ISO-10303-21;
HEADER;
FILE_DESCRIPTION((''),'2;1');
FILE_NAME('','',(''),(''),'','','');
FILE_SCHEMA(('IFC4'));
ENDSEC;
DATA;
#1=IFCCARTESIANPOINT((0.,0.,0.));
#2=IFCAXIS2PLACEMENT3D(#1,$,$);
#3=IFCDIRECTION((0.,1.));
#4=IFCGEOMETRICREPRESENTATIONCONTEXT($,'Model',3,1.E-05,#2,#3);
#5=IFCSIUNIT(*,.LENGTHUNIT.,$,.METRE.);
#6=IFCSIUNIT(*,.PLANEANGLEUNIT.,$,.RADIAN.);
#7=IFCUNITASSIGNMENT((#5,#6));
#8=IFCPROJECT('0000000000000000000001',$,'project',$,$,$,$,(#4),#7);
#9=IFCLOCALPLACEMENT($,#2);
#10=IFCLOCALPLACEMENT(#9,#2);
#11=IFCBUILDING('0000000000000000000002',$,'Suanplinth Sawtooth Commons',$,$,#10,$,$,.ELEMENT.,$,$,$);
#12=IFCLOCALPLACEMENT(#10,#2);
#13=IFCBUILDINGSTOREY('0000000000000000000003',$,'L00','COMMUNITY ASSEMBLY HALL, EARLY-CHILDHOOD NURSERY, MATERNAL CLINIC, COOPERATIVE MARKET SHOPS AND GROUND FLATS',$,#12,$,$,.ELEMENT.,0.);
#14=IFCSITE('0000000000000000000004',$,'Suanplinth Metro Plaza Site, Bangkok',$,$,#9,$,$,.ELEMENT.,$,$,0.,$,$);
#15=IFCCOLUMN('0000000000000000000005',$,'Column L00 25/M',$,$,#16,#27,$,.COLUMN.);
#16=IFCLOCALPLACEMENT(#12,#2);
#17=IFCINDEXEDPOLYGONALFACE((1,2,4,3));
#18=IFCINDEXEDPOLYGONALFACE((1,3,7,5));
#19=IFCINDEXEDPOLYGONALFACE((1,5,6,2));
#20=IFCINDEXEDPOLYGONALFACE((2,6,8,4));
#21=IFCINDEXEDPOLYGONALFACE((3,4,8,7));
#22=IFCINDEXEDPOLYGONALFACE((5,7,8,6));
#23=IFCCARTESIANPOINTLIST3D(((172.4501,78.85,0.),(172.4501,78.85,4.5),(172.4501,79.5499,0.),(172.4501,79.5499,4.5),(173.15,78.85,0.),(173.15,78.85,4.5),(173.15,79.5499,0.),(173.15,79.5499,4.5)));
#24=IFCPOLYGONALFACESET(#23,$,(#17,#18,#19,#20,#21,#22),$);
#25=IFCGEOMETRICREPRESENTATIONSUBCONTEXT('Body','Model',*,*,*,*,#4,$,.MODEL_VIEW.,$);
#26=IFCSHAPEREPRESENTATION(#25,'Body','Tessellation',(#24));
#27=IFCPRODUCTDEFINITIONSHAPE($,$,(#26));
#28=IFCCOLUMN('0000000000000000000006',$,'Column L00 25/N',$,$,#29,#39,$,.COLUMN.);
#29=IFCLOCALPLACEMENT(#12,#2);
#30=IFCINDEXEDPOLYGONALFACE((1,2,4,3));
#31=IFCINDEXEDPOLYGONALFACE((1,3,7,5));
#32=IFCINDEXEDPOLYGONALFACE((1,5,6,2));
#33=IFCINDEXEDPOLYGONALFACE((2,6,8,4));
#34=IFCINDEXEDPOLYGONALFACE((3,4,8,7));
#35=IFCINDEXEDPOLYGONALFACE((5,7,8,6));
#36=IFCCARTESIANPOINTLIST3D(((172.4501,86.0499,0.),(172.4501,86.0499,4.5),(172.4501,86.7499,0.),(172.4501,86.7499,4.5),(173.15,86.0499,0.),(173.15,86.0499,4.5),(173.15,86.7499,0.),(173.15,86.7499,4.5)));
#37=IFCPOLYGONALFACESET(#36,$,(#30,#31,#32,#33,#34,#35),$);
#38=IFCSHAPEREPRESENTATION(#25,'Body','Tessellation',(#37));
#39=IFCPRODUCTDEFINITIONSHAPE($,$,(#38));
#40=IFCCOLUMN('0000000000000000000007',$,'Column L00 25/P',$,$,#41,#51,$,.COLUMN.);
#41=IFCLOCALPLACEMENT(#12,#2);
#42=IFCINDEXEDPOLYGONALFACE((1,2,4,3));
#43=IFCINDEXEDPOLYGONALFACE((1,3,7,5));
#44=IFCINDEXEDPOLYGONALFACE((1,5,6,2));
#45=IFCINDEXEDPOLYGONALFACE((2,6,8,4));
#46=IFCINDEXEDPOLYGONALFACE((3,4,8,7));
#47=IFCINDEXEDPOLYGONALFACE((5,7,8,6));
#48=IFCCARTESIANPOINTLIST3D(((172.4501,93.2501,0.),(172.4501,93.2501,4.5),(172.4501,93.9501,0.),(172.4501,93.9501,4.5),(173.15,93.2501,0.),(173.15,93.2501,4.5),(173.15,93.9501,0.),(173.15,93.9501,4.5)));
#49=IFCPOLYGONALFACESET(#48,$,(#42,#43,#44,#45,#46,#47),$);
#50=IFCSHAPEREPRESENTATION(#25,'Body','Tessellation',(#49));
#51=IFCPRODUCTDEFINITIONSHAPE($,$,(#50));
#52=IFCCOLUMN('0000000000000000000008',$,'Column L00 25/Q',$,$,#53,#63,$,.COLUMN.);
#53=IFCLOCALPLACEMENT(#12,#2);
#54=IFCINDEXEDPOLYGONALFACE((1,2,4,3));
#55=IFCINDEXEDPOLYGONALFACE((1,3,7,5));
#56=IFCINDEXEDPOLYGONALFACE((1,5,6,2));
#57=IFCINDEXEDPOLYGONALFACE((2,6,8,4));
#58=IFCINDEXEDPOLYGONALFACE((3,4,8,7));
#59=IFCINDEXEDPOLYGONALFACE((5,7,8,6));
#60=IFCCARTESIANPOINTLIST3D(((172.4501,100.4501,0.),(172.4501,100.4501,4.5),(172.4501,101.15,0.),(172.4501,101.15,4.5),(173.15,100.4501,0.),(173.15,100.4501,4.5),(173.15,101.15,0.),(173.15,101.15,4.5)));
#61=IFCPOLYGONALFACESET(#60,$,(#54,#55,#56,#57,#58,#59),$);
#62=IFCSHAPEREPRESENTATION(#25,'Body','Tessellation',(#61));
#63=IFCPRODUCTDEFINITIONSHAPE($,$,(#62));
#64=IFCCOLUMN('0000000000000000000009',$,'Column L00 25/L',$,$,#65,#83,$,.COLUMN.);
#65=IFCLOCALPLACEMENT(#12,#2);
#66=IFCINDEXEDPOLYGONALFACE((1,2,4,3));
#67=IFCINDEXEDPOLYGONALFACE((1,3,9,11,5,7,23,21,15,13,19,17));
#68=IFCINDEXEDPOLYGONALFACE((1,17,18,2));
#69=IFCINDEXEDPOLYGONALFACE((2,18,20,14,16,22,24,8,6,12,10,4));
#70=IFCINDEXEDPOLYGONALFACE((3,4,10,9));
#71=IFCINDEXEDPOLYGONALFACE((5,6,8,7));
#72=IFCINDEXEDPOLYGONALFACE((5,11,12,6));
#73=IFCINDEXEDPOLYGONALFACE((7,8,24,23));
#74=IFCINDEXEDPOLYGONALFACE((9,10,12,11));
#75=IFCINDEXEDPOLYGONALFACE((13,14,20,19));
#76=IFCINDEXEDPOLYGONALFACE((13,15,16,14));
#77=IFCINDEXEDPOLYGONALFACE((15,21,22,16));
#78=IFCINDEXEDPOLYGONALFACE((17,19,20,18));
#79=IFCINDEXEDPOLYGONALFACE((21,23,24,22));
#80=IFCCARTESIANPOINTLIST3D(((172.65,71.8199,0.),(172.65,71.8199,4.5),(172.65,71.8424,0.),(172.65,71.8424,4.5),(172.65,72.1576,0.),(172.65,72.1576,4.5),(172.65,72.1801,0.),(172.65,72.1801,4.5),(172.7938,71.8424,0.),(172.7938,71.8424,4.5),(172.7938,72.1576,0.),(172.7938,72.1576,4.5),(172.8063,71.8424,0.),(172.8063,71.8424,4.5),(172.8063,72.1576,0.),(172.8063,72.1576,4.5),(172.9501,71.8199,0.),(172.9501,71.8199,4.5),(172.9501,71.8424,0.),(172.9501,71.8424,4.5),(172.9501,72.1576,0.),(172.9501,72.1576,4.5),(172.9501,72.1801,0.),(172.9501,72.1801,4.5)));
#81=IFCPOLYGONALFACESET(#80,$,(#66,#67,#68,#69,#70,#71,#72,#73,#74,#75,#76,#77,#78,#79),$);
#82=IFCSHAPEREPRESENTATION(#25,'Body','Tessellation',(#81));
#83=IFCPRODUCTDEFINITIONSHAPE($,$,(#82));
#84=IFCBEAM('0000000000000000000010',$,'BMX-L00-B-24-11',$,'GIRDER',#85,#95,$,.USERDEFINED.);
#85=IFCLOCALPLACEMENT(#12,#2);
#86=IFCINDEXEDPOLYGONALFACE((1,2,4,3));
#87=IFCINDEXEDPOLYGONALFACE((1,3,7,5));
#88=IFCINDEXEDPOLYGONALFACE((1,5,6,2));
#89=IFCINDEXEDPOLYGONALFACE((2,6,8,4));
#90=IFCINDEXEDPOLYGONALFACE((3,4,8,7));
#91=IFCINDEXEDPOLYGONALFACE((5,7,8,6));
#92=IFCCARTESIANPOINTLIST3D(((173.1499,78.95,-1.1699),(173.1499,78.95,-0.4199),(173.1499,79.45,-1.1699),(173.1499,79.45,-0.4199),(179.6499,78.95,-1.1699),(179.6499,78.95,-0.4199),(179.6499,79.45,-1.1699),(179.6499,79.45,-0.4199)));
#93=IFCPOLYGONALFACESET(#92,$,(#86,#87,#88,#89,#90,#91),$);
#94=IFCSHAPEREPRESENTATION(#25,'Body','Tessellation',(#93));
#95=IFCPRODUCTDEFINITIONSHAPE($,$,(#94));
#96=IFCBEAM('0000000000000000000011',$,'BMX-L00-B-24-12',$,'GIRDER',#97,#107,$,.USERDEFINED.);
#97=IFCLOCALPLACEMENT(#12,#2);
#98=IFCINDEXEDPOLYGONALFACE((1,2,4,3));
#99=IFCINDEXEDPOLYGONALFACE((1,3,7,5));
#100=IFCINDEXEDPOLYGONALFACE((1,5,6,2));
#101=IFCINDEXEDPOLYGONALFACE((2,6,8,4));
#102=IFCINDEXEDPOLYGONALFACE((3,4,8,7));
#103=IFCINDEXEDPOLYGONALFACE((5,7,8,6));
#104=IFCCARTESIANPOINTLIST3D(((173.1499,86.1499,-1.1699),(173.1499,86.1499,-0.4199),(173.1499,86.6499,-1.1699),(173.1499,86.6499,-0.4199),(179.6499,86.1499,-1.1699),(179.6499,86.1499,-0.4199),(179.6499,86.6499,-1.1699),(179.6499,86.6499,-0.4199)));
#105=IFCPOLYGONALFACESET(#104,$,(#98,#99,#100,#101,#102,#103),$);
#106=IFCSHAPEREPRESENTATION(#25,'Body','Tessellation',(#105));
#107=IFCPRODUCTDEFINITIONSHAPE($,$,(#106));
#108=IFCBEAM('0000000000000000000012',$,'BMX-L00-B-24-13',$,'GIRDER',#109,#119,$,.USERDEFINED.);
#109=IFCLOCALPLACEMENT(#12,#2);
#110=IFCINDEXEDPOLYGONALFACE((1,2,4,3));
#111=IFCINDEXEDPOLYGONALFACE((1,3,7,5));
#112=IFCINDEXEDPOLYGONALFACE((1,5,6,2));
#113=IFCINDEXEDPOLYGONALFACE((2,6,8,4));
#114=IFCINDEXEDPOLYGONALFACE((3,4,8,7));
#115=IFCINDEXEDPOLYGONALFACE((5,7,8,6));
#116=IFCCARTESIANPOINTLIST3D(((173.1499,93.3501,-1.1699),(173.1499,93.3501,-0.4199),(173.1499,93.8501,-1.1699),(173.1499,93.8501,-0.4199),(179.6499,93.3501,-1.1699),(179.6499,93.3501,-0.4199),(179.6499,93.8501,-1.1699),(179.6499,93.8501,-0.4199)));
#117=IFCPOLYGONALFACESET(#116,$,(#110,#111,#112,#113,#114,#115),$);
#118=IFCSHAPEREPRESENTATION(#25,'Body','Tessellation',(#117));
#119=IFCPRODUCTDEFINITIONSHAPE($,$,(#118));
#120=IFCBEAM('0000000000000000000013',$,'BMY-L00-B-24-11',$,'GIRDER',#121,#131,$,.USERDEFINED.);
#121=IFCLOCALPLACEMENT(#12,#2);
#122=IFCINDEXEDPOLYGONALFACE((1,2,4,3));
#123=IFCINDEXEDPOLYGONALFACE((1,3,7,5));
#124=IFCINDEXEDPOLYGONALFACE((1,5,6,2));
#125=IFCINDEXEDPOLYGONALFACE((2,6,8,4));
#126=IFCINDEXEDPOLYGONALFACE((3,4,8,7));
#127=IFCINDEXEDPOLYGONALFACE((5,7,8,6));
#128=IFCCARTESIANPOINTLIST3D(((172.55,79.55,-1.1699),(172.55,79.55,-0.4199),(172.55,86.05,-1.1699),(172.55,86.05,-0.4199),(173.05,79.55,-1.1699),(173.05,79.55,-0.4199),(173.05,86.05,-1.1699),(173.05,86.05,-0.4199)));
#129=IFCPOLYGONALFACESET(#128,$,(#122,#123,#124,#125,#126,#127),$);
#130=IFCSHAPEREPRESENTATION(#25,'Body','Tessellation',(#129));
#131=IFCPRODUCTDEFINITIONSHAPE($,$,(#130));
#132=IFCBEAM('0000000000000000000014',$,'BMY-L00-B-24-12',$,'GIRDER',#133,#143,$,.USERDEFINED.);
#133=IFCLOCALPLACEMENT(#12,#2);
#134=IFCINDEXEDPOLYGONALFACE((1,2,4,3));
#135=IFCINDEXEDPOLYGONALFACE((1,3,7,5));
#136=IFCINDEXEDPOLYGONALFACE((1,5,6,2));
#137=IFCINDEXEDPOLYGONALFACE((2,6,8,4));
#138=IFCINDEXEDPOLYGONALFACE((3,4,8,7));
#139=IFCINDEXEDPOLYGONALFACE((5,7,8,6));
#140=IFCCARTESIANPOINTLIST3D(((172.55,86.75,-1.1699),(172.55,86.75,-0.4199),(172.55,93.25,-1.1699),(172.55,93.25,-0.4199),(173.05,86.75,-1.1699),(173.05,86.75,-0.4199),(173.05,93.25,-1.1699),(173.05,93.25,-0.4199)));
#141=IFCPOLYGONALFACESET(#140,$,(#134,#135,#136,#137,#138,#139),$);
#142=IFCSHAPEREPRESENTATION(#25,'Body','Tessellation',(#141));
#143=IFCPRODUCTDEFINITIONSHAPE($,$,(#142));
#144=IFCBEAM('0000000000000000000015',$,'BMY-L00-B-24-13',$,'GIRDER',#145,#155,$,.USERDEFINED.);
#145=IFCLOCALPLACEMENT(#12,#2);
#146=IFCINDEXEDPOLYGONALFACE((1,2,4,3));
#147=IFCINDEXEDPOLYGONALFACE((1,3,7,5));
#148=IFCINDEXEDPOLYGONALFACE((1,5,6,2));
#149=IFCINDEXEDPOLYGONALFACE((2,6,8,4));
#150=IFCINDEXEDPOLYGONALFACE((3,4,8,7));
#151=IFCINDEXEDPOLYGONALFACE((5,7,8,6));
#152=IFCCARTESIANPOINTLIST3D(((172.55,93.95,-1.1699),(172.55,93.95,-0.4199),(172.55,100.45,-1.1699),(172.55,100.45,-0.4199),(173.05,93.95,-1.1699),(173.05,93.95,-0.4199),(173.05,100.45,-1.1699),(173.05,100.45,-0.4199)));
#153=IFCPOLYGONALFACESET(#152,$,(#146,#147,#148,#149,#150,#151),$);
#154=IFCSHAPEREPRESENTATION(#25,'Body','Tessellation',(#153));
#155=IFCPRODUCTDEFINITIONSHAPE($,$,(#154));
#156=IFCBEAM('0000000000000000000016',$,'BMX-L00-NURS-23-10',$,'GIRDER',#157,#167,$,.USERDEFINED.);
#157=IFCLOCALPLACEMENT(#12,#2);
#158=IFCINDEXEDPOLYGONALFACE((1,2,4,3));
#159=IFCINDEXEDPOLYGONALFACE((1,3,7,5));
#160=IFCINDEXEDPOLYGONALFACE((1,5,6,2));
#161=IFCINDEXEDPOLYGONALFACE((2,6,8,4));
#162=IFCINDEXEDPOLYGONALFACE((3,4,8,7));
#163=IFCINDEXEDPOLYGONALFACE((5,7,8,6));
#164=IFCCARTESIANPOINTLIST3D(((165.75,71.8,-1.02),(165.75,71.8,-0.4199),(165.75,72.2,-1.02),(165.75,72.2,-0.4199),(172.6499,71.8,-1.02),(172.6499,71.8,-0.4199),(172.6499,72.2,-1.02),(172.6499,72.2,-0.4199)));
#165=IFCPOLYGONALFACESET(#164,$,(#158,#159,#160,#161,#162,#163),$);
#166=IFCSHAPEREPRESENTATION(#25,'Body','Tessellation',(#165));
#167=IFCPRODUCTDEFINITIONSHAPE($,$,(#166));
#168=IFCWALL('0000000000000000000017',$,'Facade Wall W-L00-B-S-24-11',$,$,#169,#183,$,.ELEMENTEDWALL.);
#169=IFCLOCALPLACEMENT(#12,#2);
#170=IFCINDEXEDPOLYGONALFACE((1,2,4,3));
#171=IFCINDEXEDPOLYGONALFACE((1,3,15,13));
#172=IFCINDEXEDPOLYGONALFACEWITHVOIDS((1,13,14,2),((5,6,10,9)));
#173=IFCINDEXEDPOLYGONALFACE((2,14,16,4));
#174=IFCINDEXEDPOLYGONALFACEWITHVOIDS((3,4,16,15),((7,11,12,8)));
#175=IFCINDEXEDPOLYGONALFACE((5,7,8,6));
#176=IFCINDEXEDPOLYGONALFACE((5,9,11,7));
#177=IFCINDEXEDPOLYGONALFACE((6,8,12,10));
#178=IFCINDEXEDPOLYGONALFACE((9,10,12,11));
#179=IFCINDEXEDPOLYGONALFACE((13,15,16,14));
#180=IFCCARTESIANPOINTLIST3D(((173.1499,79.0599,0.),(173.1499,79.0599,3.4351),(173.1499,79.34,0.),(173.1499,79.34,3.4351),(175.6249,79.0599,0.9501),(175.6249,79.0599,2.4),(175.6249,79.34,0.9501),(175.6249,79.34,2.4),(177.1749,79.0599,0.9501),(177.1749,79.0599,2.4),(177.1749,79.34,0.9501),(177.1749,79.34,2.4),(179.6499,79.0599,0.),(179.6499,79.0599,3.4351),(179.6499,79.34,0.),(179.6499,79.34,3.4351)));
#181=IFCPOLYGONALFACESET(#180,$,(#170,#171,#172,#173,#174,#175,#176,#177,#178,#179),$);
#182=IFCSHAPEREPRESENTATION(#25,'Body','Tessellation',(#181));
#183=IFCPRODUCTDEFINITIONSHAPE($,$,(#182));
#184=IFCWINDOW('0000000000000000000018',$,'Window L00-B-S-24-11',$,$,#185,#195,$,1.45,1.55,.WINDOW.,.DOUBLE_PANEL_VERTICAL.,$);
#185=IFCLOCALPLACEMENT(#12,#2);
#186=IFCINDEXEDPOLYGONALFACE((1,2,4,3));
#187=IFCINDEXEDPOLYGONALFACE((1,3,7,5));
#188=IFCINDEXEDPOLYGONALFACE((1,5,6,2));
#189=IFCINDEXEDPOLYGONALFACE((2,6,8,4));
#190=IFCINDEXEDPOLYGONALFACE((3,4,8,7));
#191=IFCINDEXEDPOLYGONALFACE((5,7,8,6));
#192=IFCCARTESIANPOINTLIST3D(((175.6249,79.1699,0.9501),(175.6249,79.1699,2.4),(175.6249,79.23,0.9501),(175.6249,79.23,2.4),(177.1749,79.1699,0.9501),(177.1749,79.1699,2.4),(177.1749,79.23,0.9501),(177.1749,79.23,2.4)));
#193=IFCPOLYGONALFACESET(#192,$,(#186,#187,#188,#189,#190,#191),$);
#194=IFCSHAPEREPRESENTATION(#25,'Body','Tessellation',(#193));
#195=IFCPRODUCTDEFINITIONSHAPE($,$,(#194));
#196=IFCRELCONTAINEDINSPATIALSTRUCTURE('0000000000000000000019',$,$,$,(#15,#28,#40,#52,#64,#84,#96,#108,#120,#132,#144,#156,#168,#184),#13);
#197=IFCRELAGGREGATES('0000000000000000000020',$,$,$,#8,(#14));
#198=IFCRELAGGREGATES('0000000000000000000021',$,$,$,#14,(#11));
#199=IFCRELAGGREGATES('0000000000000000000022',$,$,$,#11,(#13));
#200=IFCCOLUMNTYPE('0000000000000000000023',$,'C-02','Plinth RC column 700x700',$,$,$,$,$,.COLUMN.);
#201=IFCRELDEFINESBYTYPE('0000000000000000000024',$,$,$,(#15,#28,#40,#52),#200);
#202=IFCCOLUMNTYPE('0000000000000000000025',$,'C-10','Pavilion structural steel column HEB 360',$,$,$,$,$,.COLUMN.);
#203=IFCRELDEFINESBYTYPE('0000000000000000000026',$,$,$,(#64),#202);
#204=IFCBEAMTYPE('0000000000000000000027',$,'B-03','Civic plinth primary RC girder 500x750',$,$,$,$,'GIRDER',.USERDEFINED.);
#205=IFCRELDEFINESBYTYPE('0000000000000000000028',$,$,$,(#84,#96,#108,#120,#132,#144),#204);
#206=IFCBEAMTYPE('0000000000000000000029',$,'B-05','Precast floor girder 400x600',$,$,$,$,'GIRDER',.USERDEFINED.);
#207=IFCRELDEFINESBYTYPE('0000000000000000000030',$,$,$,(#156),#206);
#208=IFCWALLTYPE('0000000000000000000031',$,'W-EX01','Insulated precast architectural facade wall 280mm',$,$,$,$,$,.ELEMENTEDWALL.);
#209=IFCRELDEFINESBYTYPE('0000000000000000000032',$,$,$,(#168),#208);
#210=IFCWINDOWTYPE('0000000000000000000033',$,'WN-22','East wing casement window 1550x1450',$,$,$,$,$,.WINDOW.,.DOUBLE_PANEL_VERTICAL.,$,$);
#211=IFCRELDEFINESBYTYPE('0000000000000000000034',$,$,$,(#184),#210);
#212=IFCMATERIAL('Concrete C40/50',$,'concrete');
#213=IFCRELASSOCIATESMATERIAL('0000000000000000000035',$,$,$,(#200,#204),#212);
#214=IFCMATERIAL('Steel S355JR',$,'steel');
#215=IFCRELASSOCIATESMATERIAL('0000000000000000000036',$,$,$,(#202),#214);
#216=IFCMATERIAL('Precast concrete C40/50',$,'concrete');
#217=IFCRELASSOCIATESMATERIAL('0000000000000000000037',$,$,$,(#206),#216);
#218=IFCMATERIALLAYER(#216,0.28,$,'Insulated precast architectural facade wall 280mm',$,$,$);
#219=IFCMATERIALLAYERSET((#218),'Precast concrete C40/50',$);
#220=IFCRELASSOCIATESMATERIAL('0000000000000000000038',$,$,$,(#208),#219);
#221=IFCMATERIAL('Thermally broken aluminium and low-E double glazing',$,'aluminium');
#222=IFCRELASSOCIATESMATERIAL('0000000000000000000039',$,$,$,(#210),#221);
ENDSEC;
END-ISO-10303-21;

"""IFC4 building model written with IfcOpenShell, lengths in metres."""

from ifc_helpers import new_model, si_unit, direction, frame, frame_2d, origin, origin_2d, place, context, subcontext, project, spatial, rectangle, i_section, extrude, material, layer, layer_set, material_profile, profile_set, type_object, element, fill, save


model = new_model("IFC4")

# Units and contexts
model_context = context("Model", 3, precision=1e-05, world=origin(), true_north=direction((0.0, 1.0)))
body_context = subcontext(model_context, "Body", "Model", "MODEL_VIEW")
ifc_project = project(units=[si_unit("LENGTHUNIT", "METRE"), si_unit("PLANEANGLEUNIT", "RADIAN")], contexts=[model_context])

# Site, building, storey
site_placement = place(None, origin())
site = spatial("IfcSite", under=ifc_project, at=site_placement, Name="Suanplinth Metro Plaza Site, Bangkok", CompositionType="ELEMENT", RefElevation=0.0)
building_placement = place(site_placement, origin())
building = spatial("IfcBuilding", under=site, at=building_placement, Name="Suanplinth Sawtooth Commons", CompositionType="ELEMENT")
storey_placement = place(building_placement, origin())
storey = spatial("IfcBuildingStorey", under=building, at=storey_placement, Name="L00", Description="COMMUNITY ASSEMBLY HALL, EARLY-CHILDHOOD NURSERY, MATERNAL CLINIC, COOPERATIVE MARKET SHOPS AND GROUND FLATS", CompositionType="ELEMENT", Elevation=0.0)

# Columns
ifc_material_1 = material(Name="Concrete C40/50", Category="concrete")
ifc_material_profile_1 = material_profile(ifc_material_1, rectangle(XDim=0.7, YDim=0.7, at=origin_2d()), Name="RC-COL 700x700")
ifc_profile_set_1 = profile_set([ifc_material_profile_1], Name="Concrete C40/50")
column_type_1 = type_object("IfcColumnType", Name="C-02", Description="Plinth RC column 700x700", PredefinedType="COLUMN", material=ifc_profile_set_1)
for number, where, z_axis, x_axis, name in (
    (1, (172.8, 79.2, 0.0), (0.0, 0.0, 1.0), (1.0, 0.0, 0.0), "Column L00 25/M"),
    (2, (172.8, 86.3999, 0.0), (0.0, 0.0, 1.0), (1.0, 0.0, 0.0), "Column L00 25/N"),
    (3, (172.8, 93.6001, 0.0), (0.0, 0.0, 1.0), (1.0, 0.0, 0.0), "Column L00 25/P"),
    (4, (172.8, 100.8, 0.0), (0.0, 0.0, 1.0), (1.0, 0.0, 0.0), "Column L00 25/Q"),
):
    element("IfcColumn", number, at=place(storey_placement, frame(where, z_axis=z_axis, x_axis=x_axis)), inside=storey, type_object=column_type_1, Name=name, PredefinedType="COLUMN", context=body_context, shape_type="SweptSolid", body=[
        extrude(rectangle(XDim=0.7, YDim=0.7, at=origin_2d()), origin(), (0.0, 0.0, 1.0), 4.5),
    ])
ifc_material_2 = material(Name="Steel S355JR", Category="steel")
ifc_material_profile_2 = material_profile(ifc_material_2, i_section(OverallWidth=0.3, OverallDepth=0.3601, WebThickness=0.0125, FlangeThickness=0.0225, at=origin_2d()), Name="HEB 360")
ifc_profile_set_2 = profile_set([ifc_material_profile_2], Name="Steel S355JR")
column_type_2 = type_object("IfcColumnType", Name="C-10", Description="Pavilion structural steel column HEB 360", PredefinedType="COLUMN", material=ifc_profile_set_2)
column_placement = place(storey_placement, frame((172.8, 72.0, 0.0), z_axis=(0.0, 0.0, 1.0), x_axis=(1.0, 0.0, 0.0)))
element("IfcColumn", 5, at=column_placement, inside=storey, type_object=column_type_2, Name="Column L00 25/L", PredefinedType="COLUMN", context=body_context, shape_type="SweptSolid", body=[
    extrude(i_section(OverallWidth=0.3, OverallDepth=0.3601, WebThickness=0.0125, FlangeThickness=0.0225, at=origin_2d()), origin(), (0.0, 0.0, 1.0), 4.5),
])

# Beams
ifc_material_profile_3 = material_profile(ifc_material_1, rectangle(XDim=0.5, YDim=0.75, at=origin_2d()), Name="RC-GDR 500x750")
ifc_profile_set_3 = profile_set([ifc_material_profile_3], Name="Concrete C40/50")
beam_type_1 = type_object("IfcBeamType", Name="B-03", Description="Civic plinth primary RC girder 500x750", ElementType="GIRDER", PredefinedType="USERDEFINED", material=ifc_profile_set_3)
for number, where, z_axis, x_axis, name in (
    (6, (173.1499, 79.2, -0.7949), (1.0, 0.0, 0.0), (0.0, 1.0, 0.0), "BMX-L00-B-24-11"),
    (7, (173.1499, 86.3999, -0.7949), (1.0, 0.0, 0.0), (0.0, 1.0, 0.0), "BMX-L00-B-24-12"),
    (8, (173.1499, 93.6001, -0.7949), (1.0, 0.0, 0.0), (0.0, 1.0, 0.0), "BMX-L00-B-24-13"),
    (9, (172.8, 79.55, -0.7949), (0.0, 1.0, 0.0), (-1.0, 0.0, 0.0), "BMY-L00-B-24-11"),
    (10, (172.8, 86.75, -0.7949), (0.0, 1.0, 0.0), (-1.0, 0.0, 0.0), "BMY-L00-B-24-12"),
    (11, (172.8, 93.95, -0.7949), (0.0, 1.0, 0.0), (-1.0, 0.0, 0.0), "BMY-L00-B-24-13"),
):
    element("IfcBeam", number, at=place(storey_placement, frame(where, z_axis=z_axis, x_axis=x_axis)), inside=storey, type_object=beam_type_1, Name=name, ObjectType="GIRDER", PredefinedType="USERDEFINED", context=body_context, shape_type="SweptSolid", body=[
        extrude(rectangle(XDim=0.5, YDim=0.75, at=origin_2d()), origin(), (0.0, 0.0, 1.0), 6.5),
    ])
ifc_material_3 = material(Name="Precast concrete C40/50", Category="concrete")
ifc_material_profile_4 = material_profile(ifc_material_3, rectangle(XDim=0.3999, YDim=0.6001, at=origin_2d()), Name="PC-GDR 400x600")
ifc_profile_set_4 = profile_set([ifc_material_profile_4], Name="Precast concrete C40/50")
beam_type_2 = type_object("IfcBeamType", Name="B-05", Description="Precast floor girder 400x600", ElementType="GIRDER", PredefinedType="USERDEFINED", material=ifc_profile_set_4)
beam_placement = place(storey_placement, frame((165.75, 72.0, -0.72), z_axis=(1.0, 0.0, 0.0), x_axis=(0.0, 1.0, 0.0)))
element("IfcBeam", 12, at=beam_placement, inside=storey, type_object=beam_type_2, Name="BMX-L00-NURS-23-10", ObjectType="GIRDER", PredefinedType="USERDEFINED", context=body_context, shape_type="SweptSolid", body=[
    extrude(rectangle(XDim=0.3999, YDim=0.6001, at=origin_2d()), origin(), (0.0, 0.0, 1.0), 6.8999),
])

# Wall, opening, window
ifc_layer_1 = layer(ifc_material_3, 0.28, Name="Insulated precast architectural facade wall 280mm")
ifc_layer_set_1 = layer_set([ifc_layer_1], Name="Precast concrete C40/50")
wall_type_1 = type_object("IfcWallType", Name="W-EX01", Description="Insulated precast architectural facade wall 280mm", PredefinedType="ELEMENTEDWALL", material=ifc_layer_set_1)
wall_1_placement = place(storey_placement, frame((173.1499, 79.2, 0.0), z_axis=(0.0, 0.0, 1.0), x_axis=(1.0, 0.0, 0.0)))
wall_1 = element("IfcWall", 13, at=wall_1_placement, inside=storey, type_object=wall_type_1, Name="Facade Wall W-L00-B-S-24-11", PredefinedType="ELEMENTEDWALL", context=body_context, shape_type="SweptSolid", body=[
    extrude(rectangle(XDim=6.5, YDim=0.28, at=frame_2d((3.25, 0.0))), origin(), (0.0, 0.0, 1.0), 3.4351),
])
opening_1_placement = place(wall_1_placement, frame((2.4751, 0.0, 0.95)))
opening_1 = element("IfcOpeningElement", 14, at=opening_1_placement, cuts=wall_1, PredefinedType="OPENING", context=body_context, shape_type="SweptSolid", body=[
    extrude(rectangle(XDim=1.55, YDim=1.45, at=frame_2d((0.7749, 0.7251))), frame((0.0, 0.1548, 0.0), z_axis=(0.0, -1.0, 0.0), x_axis=(1.0, 0.0, 0.0)), (0.0, 0.0, 1.0), 0.3098),
])
ifc_material_4 = material(Name="Thermally broken aluminium and low-E double glazing", Category="aluminium")
window_type_1 = type_object("IfcWindowType", Name="WN-22", Description="East wing casement window 1550x1450", PartitioningType="DOUBLE_PANEL_VERTICAL", PredefinedType="WINDOW", material=ifc_material_4)
window_1_placement = place(opening_1_placement, origin())
window_1 = element("IfcWindow", 15, at=window_1_placement, inside=storey, type_object=window_type_1, Name="Window L00-B-S-24-11", OverallHeight=1.45, OverallWidth=1.55, PartitioningType="DOUBLE_PANEL_VERTICAL", PredefinedType="WINDOW", context=body_context, shape_type="SweptSolid", body=[
    extrude(rectangle(XDim=1.55, YDim=1.45, at=frame_2d((0.7749, 0.7251))), frame((0.0, 0.03, 0.0), z_axis=(0.0, -1.0, 0.0), x_axis=(1.0, 0.0, 0.0)), (0.0, 0.0, 1.0), 0.0601),
])
fill(opening_1, window_1)

save(model, "model.ifc")
